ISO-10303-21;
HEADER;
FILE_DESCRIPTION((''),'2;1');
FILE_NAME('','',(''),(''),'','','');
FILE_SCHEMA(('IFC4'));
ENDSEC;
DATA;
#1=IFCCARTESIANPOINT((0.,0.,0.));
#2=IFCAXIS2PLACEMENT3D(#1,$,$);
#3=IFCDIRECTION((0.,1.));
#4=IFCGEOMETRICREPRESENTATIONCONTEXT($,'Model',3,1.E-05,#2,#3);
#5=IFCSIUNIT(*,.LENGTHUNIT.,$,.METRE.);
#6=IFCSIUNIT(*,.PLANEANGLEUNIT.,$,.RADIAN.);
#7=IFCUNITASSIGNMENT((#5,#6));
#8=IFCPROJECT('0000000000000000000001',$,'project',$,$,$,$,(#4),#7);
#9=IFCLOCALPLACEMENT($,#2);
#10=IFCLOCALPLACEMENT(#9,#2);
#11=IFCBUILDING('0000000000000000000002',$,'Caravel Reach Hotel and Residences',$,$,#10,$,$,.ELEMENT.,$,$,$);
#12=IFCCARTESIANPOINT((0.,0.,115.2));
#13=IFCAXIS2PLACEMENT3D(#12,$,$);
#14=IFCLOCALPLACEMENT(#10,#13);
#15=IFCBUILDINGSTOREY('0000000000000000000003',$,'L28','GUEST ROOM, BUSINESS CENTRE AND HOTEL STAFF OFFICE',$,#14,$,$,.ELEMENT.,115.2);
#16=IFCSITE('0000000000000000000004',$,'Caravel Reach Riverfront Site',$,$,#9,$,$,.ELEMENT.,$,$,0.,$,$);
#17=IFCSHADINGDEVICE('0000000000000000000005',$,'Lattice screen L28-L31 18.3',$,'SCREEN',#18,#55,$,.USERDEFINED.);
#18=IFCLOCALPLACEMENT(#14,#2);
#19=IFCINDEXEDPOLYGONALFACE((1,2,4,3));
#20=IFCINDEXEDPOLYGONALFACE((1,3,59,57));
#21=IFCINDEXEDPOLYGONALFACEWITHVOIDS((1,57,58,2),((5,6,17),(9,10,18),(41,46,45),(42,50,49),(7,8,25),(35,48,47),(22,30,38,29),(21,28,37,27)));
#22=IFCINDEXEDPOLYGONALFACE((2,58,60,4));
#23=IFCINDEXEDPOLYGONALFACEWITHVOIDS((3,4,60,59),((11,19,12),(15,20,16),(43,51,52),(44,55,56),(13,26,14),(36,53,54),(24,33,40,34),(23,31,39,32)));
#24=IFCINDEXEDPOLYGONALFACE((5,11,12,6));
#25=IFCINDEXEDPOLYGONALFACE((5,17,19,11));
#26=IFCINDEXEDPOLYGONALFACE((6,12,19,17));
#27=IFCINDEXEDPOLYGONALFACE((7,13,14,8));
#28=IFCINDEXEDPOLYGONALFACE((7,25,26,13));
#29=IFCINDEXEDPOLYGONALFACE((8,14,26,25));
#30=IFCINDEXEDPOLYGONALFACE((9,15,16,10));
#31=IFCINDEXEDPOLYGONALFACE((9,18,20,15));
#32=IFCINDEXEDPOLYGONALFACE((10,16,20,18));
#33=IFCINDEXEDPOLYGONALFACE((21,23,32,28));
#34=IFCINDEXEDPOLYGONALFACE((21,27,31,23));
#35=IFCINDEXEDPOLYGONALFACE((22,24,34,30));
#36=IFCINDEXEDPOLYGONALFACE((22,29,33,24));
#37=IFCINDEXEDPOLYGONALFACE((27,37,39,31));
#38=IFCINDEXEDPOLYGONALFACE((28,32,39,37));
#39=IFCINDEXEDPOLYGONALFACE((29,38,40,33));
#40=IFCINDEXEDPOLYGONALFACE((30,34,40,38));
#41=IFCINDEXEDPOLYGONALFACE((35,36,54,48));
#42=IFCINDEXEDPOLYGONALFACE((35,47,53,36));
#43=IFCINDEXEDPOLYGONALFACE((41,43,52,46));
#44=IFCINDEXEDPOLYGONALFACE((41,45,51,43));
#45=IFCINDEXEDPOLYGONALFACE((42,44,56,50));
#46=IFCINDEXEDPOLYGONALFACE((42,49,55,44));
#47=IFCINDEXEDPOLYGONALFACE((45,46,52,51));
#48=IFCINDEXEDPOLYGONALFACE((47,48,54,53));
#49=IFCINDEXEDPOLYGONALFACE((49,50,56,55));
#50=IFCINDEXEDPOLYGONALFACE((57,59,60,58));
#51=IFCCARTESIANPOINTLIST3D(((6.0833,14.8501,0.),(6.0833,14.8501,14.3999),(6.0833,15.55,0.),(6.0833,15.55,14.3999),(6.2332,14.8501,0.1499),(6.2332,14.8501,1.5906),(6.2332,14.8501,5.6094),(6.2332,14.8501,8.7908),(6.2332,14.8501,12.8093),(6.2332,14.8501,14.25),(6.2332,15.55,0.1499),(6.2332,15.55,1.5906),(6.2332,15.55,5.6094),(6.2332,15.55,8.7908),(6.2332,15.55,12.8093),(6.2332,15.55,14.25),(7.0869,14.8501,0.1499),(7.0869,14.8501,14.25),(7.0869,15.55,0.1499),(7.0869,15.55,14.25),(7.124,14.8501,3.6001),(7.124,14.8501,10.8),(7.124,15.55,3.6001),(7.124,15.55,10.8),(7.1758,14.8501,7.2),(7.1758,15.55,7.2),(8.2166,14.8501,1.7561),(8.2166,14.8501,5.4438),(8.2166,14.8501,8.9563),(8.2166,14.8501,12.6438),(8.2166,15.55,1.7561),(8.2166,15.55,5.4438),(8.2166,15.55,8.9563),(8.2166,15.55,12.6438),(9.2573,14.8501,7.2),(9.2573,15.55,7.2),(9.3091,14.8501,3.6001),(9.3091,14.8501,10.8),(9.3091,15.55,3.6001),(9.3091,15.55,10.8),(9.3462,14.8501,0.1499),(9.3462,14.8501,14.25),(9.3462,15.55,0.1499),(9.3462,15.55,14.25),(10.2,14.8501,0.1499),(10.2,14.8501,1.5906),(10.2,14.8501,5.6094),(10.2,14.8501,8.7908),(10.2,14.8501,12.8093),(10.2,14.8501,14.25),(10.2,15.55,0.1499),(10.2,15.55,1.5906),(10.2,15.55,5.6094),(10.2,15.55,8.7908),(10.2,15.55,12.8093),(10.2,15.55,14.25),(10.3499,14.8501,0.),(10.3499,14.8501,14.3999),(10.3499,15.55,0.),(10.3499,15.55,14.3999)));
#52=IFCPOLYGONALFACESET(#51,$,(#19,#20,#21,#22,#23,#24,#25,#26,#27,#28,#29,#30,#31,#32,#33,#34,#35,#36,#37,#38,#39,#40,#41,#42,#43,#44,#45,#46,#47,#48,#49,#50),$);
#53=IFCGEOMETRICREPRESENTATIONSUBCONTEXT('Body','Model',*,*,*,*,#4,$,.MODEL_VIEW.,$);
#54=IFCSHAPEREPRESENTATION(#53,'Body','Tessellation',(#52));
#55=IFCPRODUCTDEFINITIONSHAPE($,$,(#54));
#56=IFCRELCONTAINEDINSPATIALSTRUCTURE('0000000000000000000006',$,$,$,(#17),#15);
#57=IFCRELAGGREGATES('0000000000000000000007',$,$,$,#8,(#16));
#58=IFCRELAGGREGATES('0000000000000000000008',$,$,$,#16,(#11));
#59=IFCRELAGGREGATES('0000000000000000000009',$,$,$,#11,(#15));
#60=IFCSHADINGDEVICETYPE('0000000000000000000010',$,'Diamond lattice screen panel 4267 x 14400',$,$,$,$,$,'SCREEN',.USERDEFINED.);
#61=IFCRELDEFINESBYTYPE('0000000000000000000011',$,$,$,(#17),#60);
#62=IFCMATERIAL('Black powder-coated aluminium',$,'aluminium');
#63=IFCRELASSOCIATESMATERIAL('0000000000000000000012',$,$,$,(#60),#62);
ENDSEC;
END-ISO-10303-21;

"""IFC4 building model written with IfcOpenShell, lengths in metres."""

from ifc_helpers import new_model, si_unit, direction, frame, origin, place, context, subcontext, project, spatial, polyline, outline, extrude, material, type_object, element, save


model = new_model("IFC4")

# Units and contexts
model_context = context("Model", 3, precision=1e-05, world=origin(), true_north=direction((0.0, 1.0)))
body_context = subcontext(model_context, "Body", "Model", "MODEL_VIEW")
ifc_project = project(units=[si_unit("LENGTHUNIT", "METRE"), si_unit("PLANEANGLEUNIT", "RADIAN")], contexts=[model_context])

# Site, building, storey
site_placement = place(None, origin())
site = spatial("IfcSite", under=ifc_project, at=site_placement, Name="Caravel Reach Riverfront Site", CompositionType="ELEMENT", RefElevation=0.0)
building_placement = place(site_placement, origin())
building = spatial("IfcBuilding", under=site, at=building_placement, Name="Caravel Reach Hotel and Residences", CompositionType="ELEMENT")
storey_placement = place(building_placement, frame((0.0, 0.0, 115.2)))
storey = spatial("IfcBuildingStorey", under=building, at=storey_placement, Name="L28", Description="GUEST ROOM, BUSINESS CENTRE AND HOTEL STAFF OFFICE", CompositionType="ELEMENT", Elevation=115.2)

# Shading device
ifc_material_1 = material(Name="Black powder-coated aluminium", Category="aluminium")
shading_device_type_1 = type_object("IfcShadingDeviceType", Name="Diamond lattice screen panel 4267 x 14400", ElementType="SCREEN", PredefinedType="USERDEFINED", material=ifc_material_1)
for number, where, z_axis, x_axis, name in (
    (1, (6.0833, 15.55, 0.0), (0.0, -1.0, 0.0), (1.0, 0.0, 0.0), "Lattice screen L28-L31 18.3"),
):
    element("IfcShadingDevice", number, at=place(storey_placement, frame(where, z_axis=z_axis, x_axis=x_axis)), inside=storey, type_object=shading_device_type_1, Name=name, ObjectType="SCREEN", PredefinedType="USERDEFINED", context=body_context, shape_type="SweptSolid", body=[
        extrude(outline(polyline([(0.0, 0.0), (4.2666, 0.0), (4.2666, 14.3999), (0.0, 14.3999), (0.0, 0.0)]), holes=[polyline([(1.0037, 0.1499), (0.1499, 1.5906), (0.1499, 0.1499), (1.0037, 0.1499)]), polyline([(1.0925, 7.2), (0.1499, 8.7908), (0.1499, 5.6094), (1.0925, 7.2)]), polyline([(0.1499, 12.8093), (1.0037, 14.25), (0.1499, 14.25), (0.1499, 12.8093)]), polyline([(2.1333, 5.4438), (1.0408, 3.6001), (2.1333, 1.7561), (3.2258, 3.6001), (2.1333, 5.4438)]), polyline([(2.1333, 12.6438), (1.0408, 10.8), (2.1333, 8.9563), (3.2258, 10.8), (2.1333, 12.6438)]), polyline([(4.1167, 1.5906), (3.2629, 0.1499), (4.1167, 0.1499), (4.1167, 1.5906)]), polyline([(3.1741, 7.2), (4.1167, 5.6094), (4.1167, 8.7908), (3.1741, 7.2)]), polyline([(3.2629, 14.25), (4.1167, 12.8093), (4.1167, 14.25), (3.2629, 14.25)])]), origin(), (0.0, 0.0, 1.0), 0.7),
    ])

save(model, "model.ifc")
